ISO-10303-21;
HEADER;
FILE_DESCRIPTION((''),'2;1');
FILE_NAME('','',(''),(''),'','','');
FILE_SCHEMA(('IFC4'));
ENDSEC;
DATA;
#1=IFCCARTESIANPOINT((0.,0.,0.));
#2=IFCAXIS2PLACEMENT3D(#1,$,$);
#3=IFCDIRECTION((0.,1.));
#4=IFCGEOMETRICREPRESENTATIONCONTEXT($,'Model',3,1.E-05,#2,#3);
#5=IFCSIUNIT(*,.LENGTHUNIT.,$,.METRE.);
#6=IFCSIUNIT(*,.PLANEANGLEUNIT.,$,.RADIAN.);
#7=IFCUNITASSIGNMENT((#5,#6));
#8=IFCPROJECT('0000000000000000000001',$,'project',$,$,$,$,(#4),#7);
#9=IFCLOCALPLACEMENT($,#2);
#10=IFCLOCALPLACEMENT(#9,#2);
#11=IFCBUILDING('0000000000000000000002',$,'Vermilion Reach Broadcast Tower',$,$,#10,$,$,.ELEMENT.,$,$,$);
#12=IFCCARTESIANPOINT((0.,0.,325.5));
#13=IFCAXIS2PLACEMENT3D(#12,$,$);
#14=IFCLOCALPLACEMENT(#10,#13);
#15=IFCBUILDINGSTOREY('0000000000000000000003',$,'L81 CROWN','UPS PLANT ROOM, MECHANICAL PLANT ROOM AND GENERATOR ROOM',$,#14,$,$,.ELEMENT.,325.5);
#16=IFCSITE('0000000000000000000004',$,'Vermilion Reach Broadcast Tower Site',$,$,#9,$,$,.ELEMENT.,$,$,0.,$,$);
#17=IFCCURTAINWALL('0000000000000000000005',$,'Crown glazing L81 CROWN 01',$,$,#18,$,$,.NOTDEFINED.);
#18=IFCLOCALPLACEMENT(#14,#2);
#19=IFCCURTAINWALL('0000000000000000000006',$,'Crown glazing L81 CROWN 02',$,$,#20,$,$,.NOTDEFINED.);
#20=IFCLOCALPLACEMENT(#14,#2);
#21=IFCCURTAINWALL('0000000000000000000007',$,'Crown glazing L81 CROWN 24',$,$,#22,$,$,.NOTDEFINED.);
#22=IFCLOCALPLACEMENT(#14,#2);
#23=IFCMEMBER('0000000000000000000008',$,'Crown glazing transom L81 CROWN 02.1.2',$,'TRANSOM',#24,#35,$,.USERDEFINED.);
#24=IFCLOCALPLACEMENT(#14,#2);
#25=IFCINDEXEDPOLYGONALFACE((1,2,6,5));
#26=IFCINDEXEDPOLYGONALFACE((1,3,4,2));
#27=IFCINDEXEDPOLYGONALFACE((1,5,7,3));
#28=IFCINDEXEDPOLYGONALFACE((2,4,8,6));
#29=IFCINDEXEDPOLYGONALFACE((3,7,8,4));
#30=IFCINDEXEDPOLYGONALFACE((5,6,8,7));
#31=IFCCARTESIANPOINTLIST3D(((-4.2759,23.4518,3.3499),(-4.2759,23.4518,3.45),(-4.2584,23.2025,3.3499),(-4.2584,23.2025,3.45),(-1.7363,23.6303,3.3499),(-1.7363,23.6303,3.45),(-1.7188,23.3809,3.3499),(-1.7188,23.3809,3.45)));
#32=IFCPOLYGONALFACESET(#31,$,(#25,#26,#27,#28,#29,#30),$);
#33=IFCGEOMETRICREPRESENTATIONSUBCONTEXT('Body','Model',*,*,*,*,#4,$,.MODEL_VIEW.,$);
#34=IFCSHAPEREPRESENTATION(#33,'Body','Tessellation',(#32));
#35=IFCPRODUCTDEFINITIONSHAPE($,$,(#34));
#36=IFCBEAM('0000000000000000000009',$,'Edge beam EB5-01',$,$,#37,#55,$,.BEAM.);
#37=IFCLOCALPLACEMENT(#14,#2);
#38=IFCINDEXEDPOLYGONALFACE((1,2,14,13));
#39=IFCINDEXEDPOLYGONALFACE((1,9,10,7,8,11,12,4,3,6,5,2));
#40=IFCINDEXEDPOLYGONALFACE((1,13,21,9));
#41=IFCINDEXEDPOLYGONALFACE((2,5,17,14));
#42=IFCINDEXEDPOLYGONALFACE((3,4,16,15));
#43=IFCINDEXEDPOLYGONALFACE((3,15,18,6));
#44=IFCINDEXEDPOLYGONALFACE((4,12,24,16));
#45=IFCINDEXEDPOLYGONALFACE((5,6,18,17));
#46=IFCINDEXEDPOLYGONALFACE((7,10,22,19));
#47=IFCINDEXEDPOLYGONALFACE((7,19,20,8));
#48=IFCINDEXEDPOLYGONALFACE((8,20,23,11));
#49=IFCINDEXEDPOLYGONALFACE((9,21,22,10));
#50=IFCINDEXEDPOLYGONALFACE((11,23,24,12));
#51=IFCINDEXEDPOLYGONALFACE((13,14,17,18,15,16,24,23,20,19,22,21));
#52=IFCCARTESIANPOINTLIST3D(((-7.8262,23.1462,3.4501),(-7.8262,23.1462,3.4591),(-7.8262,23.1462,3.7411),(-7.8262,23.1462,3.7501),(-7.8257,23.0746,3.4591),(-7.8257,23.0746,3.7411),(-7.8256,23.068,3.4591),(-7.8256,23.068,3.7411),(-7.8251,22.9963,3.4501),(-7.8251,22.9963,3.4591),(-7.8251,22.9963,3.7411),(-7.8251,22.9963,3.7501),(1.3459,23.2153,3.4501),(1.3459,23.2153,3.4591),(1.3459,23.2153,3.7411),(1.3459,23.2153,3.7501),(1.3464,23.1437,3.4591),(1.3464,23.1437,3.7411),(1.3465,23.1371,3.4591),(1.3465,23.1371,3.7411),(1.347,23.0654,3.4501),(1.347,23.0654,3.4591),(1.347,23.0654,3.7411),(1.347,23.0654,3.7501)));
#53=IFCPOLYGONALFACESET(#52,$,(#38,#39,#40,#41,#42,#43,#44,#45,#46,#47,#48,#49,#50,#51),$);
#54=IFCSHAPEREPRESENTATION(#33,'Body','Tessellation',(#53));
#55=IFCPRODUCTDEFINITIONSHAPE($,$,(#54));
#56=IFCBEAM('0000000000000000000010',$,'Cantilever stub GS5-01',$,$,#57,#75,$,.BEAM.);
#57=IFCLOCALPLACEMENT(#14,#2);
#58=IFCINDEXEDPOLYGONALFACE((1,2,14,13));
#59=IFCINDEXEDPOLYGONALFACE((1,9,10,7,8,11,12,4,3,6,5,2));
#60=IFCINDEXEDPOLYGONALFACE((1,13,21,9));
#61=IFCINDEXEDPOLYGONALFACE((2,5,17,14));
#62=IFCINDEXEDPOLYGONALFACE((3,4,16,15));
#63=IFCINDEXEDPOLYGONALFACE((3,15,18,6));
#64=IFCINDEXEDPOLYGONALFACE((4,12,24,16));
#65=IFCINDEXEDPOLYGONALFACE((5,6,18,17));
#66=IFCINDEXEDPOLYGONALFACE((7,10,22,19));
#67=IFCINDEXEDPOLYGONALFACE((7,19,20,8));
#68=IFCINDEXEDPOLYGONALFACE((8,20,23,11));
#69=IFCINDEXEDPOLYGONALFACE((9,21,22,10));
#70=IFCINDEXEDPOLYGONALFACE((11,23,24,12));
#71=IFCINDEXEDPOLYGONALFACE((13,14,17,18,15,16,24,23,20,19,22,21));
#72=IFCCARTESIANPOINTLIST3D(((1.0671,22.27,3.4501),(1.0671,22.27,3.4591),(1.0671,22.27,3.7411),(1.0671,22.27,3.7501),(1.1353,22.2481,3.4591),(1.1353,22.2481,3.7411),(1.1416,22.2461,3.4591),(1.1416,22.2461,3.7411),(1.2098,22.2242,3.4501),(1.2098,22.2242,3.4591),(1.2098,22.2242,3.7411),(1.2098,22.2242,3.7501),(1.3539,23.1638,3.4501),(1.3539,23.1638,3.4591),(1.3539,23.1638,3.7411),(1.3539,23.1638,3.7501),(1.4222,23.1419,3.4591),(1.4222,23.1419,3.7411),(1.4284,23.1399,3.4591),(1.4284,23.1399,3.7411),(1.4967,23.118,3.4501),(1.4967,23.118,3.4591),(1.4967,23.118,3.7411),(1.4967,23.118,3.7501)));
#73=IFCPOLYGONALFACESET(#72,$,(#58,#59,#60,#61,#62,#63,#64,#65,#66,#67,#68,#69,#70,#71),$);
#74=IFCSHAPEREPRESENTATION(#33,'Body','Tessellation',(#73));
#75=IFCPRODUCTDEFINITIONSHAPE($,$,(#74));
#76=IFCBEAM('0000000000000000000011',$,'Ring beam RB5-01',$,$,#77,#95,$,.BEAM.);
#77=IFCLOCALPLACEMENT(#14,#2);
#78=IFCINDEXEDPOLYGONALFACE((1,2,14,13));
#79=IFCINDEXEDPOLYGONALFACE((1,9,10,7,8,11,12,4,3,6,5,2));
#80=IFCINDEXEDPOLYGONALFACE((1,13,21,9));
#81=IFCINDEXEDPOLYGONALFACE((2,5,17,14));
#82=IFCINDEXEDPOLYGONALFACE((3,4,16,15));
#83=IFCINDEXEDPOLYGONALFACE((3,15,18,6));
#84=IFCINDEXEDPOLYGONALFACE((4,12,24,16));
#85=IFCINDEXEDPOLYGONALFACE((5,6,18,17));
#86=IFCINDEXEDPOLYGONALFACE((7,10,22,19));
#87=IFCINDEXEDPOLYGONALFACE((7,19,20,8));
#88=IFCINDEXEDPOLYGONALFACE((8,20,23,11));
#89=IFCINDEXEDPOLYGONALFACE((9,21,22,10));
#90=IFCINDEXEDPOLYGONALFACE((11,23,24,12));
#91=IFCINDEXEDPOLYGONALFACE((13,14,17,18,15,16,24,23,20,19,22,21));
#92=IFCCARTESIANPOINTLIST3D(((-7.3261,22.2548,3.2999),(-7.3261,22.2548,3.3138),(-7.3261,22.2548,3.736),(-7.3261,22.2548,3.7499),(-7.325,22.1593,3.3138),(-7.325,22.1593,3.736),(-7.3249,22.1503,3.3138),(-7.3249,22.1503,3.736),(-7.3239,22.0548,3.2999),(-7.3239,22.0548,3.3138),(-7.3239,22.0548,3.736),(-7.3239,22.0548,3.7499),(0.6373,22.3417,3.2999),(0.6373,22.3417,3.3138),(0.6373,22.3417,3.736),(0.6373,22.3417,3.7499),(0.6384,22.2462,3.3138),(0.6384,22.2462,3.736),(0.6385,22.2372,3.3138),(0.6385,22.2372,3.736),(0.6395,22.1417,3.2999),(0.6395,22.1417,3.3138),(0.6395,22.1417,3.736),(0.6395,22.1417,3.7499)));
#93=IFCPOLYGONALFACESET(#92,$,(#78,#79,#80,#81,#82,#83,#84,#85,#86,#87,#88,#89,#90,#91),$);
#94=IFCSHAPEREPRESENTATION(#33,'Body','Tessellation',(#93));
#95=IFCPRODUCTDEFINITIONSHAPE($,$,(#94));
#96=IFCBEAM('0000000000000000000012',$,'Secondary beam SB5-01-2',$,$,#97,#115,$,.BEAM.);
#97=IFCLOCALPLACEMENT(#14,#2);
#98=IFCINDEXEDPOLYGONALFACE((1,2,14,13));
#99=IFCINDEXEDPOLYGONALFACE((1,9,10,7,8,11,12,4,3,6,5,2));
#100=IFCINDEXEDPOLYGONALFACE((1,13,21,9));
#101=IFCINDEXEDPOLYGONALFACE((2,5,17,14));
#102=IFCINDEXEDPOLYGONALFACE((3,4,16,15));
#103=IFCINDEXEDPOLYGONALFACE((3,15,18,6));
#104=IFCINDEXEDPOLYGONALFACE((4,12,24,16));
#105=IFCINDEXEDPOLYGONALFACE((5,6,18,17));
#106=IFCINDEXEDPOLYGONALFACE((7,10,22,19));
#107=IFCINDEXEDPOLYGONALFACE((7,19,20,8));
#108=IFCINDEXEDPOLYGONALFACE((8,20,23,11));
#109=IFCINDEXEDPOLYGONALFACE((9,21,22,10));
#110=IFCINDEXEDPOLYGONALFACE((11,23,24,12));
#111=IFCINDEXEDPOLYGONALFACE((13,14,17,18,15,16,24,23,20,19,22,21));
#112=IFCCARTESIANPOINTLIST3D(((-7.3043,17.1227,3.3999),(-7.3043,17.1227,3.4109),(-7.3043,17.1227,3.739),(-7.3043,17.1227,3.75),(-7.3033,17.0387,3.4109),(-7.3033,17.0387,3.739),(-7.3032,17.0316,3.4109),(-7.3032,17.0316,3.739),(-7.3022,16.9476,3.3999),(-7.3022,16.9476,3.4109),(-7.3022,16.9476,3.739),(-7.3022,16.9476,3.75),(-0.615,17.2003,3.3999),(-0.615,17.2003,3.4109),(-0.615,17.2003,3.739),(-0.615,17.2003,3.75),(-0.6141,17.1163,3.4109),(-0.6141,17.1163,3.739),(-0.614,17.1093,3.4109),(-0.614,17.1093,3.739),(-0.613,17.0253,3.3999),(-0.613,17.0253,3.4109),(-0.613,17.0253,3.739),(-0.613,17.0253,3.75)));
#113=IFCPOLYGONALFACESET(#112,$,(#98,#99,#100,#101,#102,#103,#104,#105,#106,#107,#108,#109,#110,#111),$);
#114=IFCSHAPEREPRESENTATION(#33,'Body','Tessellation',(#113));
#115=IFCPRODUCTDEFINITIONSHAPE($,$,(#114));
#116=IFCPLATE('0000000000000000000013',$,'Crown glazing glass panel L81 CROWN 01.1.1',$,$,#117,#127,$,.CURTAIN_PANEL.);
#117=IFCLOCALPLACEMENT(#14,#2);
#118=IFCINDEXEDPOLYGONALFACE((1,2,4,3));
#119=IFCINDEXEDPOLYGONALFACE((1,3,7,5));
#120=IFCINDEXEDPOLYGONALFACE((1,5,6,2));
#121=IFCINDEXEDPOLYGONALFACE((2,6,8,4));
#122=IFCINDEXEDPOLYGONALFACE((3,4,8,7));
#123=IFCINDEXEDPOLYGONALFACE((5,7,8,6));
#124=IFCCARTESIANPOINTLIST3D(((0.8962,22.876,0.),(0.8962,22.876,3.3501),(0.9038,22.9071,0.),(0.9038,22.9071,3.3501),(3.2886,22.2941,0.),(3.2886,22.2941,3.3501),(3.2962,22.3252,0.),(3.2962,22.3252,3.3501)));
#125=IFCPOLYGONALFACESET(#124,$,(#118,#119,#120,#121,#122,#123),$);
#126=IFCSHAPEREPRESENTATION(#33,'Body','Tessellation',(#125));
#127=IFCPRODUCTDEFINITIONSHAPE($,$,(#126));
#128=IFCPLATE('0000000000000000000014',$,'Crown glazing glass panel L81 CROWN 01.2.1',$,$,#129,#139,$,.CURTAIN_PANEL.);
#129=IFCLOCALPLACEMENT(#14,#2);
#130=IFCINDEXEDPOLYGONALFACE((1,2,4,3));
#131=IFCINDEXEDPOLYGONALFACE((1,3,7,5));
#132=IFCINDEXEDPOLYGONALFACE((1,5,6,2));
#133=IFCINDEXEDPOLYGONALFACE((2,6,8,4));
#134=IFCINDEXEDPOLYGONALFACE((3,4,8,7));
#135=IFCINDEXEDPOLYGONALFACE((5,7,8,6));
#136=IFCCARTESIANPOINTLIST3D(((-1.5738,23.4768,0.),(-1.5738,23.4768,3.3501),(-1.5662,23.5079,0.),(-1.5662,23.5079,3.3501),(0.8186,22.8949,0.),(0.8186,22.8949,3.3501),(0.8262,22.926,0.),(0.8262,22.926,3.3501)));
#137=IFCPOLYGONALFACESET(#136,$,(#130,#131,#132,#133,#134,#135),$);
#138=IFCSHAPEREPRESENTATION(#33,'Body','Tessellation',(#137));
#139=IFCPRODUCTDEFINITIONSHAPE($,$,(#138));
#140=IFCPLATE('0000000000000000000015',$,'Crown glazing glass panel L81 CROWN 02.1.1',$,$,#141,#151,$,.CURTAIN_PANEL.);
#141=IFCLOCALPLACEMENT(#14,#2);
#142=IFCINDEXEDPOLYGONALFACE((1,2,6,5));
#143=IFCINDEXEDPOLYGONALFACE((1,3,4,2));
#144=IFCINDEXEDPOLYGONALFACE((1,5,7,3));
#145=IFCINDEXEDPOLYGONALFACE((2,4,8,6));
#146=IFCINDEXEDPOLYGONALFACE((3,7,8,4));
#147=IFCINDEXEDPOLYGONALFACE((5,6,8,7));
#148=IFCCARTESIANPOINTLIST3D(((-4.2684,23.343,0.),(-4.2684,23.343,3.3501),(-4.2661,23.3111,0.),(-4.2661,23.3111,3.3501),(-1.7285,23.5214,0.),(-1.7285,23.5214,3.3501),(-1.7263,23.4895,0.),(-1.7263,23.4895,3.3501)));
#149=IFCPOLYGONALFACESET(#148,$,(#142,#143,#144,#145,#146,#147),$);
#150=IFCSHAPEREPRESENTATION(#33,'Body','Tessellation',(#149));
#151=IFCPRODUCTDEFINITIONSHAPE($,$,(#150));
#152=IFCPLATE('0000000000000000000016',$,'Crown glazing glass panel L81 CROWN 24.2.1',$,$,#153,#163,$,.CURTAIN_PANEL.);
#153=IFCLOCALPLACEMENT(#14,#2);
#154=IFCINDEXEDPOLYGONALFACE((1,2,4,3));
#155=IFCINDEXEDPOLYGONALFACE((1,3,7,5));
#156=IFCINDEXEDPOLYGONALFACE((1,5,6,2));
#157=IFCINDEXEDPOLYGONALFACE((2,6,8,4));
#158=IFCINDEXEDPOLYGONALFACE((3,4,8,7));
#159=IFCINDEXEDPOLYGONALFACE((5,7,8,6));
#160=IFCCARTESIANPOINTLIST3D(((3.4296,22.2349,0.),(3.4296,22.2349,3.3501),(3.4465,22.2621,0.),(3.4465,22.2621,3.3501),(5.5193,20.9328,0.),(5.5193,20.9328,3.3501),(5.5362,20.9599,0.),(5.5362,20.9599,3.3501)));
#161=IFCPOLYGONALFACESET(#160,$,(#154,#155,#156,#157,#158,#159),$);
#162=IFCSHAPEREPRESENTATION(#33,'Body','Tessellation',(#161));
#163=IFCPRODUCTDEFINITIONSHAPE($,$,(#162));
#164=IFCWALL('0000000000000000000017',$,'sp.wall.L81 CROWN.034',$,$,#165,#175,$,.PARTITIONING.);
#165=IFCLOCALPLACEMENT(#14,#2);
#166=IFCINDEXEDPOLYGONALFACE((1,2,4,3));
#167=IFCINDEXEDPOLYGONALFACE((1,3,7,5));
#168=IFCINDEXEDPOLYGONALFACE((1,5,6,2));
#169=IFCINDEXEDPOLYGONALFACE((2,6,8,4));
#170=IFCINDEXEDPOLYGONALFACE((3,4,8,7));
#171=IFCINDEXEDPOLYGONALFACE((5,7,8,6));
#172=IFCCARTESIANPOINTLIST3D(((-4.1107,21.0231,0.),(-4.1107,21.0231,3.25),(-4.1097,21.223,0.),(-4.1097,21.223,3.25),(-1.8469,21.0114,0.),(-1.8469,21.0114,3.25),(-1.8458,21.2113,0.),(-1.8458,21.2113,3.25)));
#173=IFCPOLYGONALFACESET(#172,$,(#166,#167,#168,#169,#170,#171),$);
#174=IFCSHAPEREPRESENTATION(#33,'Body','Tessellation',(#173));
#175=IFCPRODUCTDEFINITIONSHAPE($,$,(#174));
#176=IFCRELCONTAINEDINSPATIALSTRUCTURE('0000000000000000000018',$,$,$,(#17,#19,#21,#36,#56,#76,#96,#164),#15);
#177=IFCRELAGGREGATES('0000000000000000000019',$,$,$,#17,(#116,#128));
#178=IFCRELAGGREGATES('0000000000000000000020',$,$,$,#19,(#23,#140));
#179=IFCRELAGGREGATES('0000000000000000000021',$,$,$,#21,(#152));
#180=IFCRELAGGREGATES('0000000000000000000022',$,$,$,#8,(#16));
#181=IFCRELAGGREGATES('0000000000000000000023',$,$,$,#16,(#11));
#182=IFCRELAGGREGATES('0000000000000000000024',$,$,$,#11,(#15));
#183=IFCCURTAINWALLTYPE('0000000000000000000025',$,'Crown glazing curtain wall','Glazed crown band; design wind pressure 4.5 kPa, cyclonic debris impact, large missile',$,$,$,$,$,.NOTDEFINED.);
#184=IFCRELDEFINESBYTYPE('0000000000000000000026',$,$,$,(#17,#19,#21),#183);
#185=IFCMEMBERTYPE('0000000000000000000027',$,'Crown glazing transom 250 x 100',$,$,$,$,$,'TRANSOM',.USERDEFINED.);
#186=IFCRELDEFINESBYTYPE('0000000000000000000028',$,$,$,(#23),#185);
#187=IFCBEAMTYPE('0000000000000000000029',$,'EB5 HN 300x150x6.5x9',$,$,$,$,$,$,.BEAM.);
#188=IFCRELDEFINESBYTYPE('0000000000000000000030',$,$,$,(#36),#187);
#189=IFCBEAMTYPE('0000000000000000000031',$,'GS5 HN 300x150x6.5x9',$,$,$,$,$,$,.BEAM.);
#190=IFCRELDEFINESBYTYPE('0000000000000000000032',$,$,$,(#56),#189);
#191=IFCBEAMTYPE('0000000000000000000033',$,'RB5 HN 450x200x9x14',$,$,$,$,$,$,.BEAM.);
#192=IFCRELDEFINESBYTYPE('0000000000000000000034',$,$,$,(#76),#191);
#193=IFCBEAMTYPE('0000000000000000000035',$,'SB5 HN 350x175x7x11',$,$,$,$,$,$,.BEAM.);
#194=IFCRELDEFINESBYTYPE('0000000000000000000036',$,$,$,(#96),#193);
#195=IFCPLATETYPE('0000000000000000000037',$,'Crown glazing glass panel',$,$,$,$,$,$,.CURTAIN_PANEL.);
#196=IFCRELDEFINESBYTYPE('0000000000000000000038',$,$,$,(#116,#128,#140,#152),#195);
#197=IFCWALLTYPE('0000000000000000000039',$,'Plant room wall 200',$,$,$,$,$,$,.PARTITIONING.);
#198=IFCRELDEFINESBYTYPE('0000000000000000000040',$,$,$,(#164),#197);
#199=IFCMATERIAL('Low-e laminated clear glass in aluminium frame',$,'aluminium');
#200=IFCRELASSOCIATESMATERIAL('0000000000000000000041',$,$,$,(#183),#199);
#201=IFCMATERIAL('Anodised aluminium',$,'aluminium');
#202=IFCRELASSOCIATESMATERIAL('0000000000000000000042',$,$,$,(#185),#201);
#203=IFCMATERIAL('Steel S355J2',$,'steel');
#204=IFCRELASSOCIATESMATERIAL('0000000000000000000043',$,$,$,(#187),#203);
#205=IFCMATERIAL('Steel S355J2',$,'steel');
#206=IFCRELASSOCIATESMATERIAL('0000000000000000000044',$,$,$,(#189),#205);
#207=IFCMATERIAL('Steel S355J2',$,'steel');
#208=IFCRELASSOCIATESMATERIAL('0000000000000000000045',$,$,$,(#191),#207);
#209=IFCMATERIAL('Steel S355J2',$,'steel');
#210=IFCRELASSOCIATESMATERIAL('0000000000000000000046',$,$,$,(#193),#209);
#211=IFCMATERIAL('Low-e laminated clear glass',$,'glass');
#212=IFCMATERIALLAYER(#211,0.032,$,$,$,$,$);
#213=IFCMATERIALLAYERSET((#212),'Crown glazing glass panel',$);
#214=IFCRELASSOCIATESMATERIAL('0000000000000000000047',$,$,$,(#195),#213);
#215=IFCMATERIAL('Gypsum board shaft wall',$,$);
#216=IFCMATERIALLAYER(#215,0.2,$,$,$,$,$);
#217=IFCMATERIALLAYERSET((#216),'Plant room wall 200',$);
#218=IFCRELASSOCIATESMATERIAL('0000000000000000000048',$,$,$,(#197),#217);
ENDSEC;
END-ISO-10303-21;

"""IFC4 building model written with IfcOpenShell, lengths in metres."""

from ifc_helpers import new_model, si_unit, direction, frame, frame_2d, origin, origin_2d, place, context, subcontext, project, spatial, rectangle, i_section, extrude, material, layer, layer_set, material_profile, profile_set, type_object, element, aggregate, save


model = new_model("IFC4")

# Units and contexts
model_context = context("Model", 3, precision=1e-05, world=origin(), true_north=direction((0.0, 1.0)))
body_context = subcontext(model_context, "Body", "Model", "MODEL_VIEW")
ifc_project = project(units=[si_unit("LENGTHUNIT", "METRE"), si_unit("PLANEANGLEUNIT", "RADIAN")], contexts=[model_context])

# Site, building, storey
site_placement = place(None, origin())
site = spatial("IfcSite", under=ifc_project, at=site_placement, Name="Vermilion Reach Broadcast Tower Site", CompositionType="ELEMENT", RefElevation=0.0)
building_placement = place(site_placement, origin())
building = spatial("IfcBuilding", under=site, at=building_placement, Name="Vermilion Reach Broadcast Tower", CompositionType="ELEMENT")
storey_placement = place(building_placement, frame((0.0, 0.0, 325.5)))
storey = spatial("IfcBuildingStorey", under=building, at=storey_placement, Name="L81 CROWN", Description="UPS PLANT ROOM, MECHANICAL PLANT ROOM AND GENERATOR ROOM", CompositionType="ELEMENT", Elevation=325.5)

# Curtain walls
ifc_material_1 = material(Name="Low-e laminated clear glass in aluminium frame", Category="aluminium")
curtain_wall_type = type_object("IfcCurtainWallType", Name="Crown glazing curtain wall", Description="Glazed crown band; design wind pressure 4.5 kPa, cyclonic debris impact, large missile", PredefinedType="NOTDEFINED", material=ifc_material_1)
placement = place(storey_placement, origin())
curtain_wall_1 = element("IfcCurtainWall", 1, at=placement, inside=storey, type_object=curtain_wall_type, Name="Crown glazing L81 CROWN 01", PredefinedType="NOTDEFINED")
curtain_wall_2 = element("IfcCurtainWall", 2, at=placement, inside=storey, type_object=curtain_wall_type, Name="Crown glazing L81 CROWN 02", PredefinedType="NOTDEFINED")

# Curtain wall
curtain_wall_3 = element("IfcCurtainWall", 3, at=placement, inside=storey, type_object=curtain_wall_type, Name="Crown glazing L81 CROWN 24", PredefinedType="NOTDEFINED")

# Member
ifc_material_2 = material(Name="Anodised aluminium", Category="aluminium")
ifc_material_profile_1 = material_profile(ifc_material_2, rectangle(XDim=0.25, YDim=0.1001, at=origin_2d()), Name="Crown glazing transom 250 x 100")
ifc_profile_set_1 = profile_set([ifc_material_profile_1], Name="Anodised aluminium")
member_type_1 = type_object("IfcMemberType", Name="Crown glazing transom 250 x 100", ElementType="TRANSOM", PredefinedType="USERDEFINED", material=ifc_profile_set_1)
member_1_placement = place(storey_placement, frame((-1.7275, 23.5056, 3.3999), z_axis=(-0.99754, -0.070102, 0.0), x_axis=(0.070102, -0.99754, 0.0)))
member_1 = element("IfcMember", 4, at=member_1_placement, type_object=member_type_1, Name="Crown glazing transom L81 CROWN 02.1.2", ObjectType="TRANSOM", PredefinedType="USERDEFINED", context=body_context, shape_type="SweptSolid", body=[
    extrude(rectangle(XDim=0.25, YDim=0.1001, at=origin_2d()), origin(), (0.0, 0.0, 1.0), 2.5459),
])

# Beams
ifc_material_3 = material(Name="Steel S355J2", Category="steel")
ifc_material_profile_2 = material_profile(ifc_material_3, i_section(OverallWidth=0.1499, OverallDepth=0.3, WebThickness=0.0066, FlangeThickness=0.009, at=origin_2d()), Name="S355J2 HN 300x150x6.5x9")
ifc_profile_set_2 = profile_set([ifc_material_profile_2], Name="Steel S355J2")
beam_type_1 = type_object("IfcBeamType", Name="EB5 HN 300x150x6.5x9", PredefinedType="BEAM", material=ifc_profile_set_2)
beam_1_placement = place(storey_placement, frame((1.3464, 23.1404, 3.6001), z_axis=(-0.999972, -0.007533, 0.0), x_axis=(0.007533, -0.999972, 0.0)))
element("IfcBeam", 5, at=beam_1_placement, inside=storey, type_object=beam_type_1, Name="Edge beam EB5-01", PredefinedType="BEAM", context=body_context, shape_type="SweptSolid", body=[
    extrude(i_section(OverallWidth=0.1499, OverallDepth=0.3, WebThickness=0.0066, FlangeThickness=0.009, at=origin_2d()), origin(), (0.0, 0.0, 1.0), 9.1724),
])
ifc_material_4 = material(Name="Steel S355J2", Category="steel")
ifc_material_profile_3 = material_profile(ifc_material_4, i_section(OverallWidth=0.1499, OverallDepth=0.3, WebThickness=0.0066, FlangeThickness=0.009, at=origin_2d()), Name="S355J2 HN 300x150x6.5x9")
ifc_profile_set_3 = profile_set([ifc_material_profile_3], Name="Steel S355J2")
beam_type_2 = type_object("IfcBeamType", Name="GS5 HN 300x150x6.5x9", PredefinedType="BEAM", material=ifc_profile_set_3)
beam_2_placement = place(storey_placement, frame((1.1384, 22.2471, 3.6001), z_axis=(0.305597, 0.952161, 0.0), x_axis=(-0.952161, 0.305597, 0.0)))
element("IfcBeam", 6, at=beam_2_placement, inside=storey, type_object=beam_type_2, Name="Cantilever stub GS5-01", PredefinedType="BEAM", context=body_context, shape_type="SweptSolid", body=[
    extrude(i_section(OverallWidth=0.1499, OverallDepth=0.3, WebThickness=0.0066, FlangeThickness=0.009, at=origin_2d()), origin(), (0.0, 0.0, 1.0), 0.9387),
])
ifc_material_5 = material(Name="Steel S355J2", Category="steel")
ifc_material_profile_4 = material_profile(ifc_material_5, i_section(OverallWidth=0.2, OverallDepth=0.45, WebThickness=0.009, FlangeThickness=0.0139, at=origin_2d()), Name="S355J2 HN 450x200x9x14")
ifc_profile_set_4 = profile_set([ifc_material_profile_4], Name="Steel S355J2")
beam_type_3 = type_object("IfcBeamType", Name="RB5 HN 450x200x9x14", PredefinedType="BEAM", material=ifc_profile_set_4)
beam_3_placement = place(storey_placement, frame((0.6384, 22.2417, 3.5249), z_axis=(-0.99994, -0.010914, 0.0), x_axis=(0.010914, -0.99994, 0.0)))
element("IfcBeam", 7, at=beam_3_placement, inside=storey, type_object=beam_type_3, Name="Ring beam RB5-01", PredefinedType="BEAM", context=body_context, shape_type="SweptSolid", body=[
    extrude(i_section(OverallWidth=0.2, OverallDepth=0.45, WebThickness=0.009, FlangeThickness=0.0139, at=origin_2d()), origin(), (0.0, 0.0, 1.0), 7.9639),
])
ifc_material_6 = material(Name="Steel S355J2", Category="steel")
ifc_material_profile_5 = material_profile(ifc_material_6, i_section(OverallWidth=0.175, OverallDepth=0.3501, WebThickness=0.0071, FlangeThickness=0.011, at=origin_2d()), Name="S355J2 HN 350x175x7x11")
ifc_profile_set_5 = profile_set([ifc_material_profile_5], Name="Steel S355J2")
beam_type_4 = type_object("IfcBeamType", Name="SB5 HN 350x175x7x11", PredefinedType="BEAM", material=ifc_profile_set_5)
beam_4_placement = place(storey_placement, frame((-0.614, 17.1128, 3.575), z_axis=(-0.999933, -0.011605, 0.0), x_axis=(0.011605, -0.999933, 0.0)))
element("IfcBeam", 8, at=beam_4_placement, inside=storey, type_object=beam_type_4, Name="Secondary beam SB5-01-2", PredefinedType="BEAM", context=body_context, shape_type="SweptSolid", body=[
    extrude(i_section(OverallWidth=0.175, OverallDepth=0.3501, WebThickness=0.0071, FlangeThickness=0.011, at=origin_2d()), origin(), (0.0, 0.0, 1.0), 6.6897),
])

# Plates
ifc_material_7 = material(Name="Low-e laminated clear glass", Category="glass")
ifc_layer_1 = layer(ifc_material_7, 0.032)
ifc_layer_set_1 = layer_set([ifc_layer_1], Name="Crown glazing glass panel")
plate_type = type_object("IfcPlateType", Name="Crown glazing glass panel", PredefinedType="CURTAIN_PANEL", material=ifc_layer_set_1)
plate_1_placement = place(storey_placement, frame((2.0962, 22.6006, 0.0), z_axis=(0.0, 0.0, 1.0), x_axis=(-0.971667, 0.236354, 0.0)))
plate_1 = element("IfcPlate", 9, at=plate_1_placement, type_object=plate_type, Name="Crown glazing glass panel L81 CROWN 01.1.1", PredefinedType="CURTAIN_PANEL", context=body_context, shape_type="SweptSolid", body=[
    extrude(rectangle(XDim=2.4622, YDim=0.032, at=origin_2d()), origin(), (0.0, 0.0, 1.0), 3.3501),
])
plate_2_placement = place(storey_placement, frame((-0.3738, 23.2014, 0.0), z_axis=(0.0, 0.0, 1.0), x_axis=(-0.971667, 0.236354, 0.0)))
plate_2 = element("IfcPlate", 10, at=plate_2_placement, type_object=plate_type, Name="Crown glazing glass panel L81 CROWN 01.2.1", PredefinedType="CURTAIN_PANEL", context=body_context, shape_type="SweptSolid", body=[
    extrude(rectangle(XDim=2.4622, YDim=0.032, at=origin_2d()), origin(), (0.0, 0.0, 1.0), 3.3501),
])
aggregate(curtain_wall_1, [plate_1, plate_2])
plate_3_placement = place(storey_placement, frame((-2.9973, 23.4163, 0.0), z_axis=(0.0, 0.0, 1.0), x_axis=(-0.997541, -0.070082, 0.0)))
plate_3 = element("IfcPlate", 11, at=plate_3_placement, type_object=plate_type, Name="Crown glazing glass panel L81 CROWN 02.1.1", PredefinedType="CURTAIN_PANEL", context=body_context, shape_type="SweptSolid", body=[
    extrude(rectangle(XDim=2.5461, YDim=0.032, at=origin_2d()), origin(), (0.0, 0.0, 1.0), 3.3501),
])
aggregate(curtain_wall_2, [member_1, plate_3])
plate_4_placement = place(storey_placement, frame((4.4829, 21.5974, 0.0), z_axis=(0.0, 0.0, 1.0), x_axis=(-0.848708, 0.528861, 0.0)))
plate_4 = element("IfcPlate", 12, at=plate_4_placement, type_object=plate_type, Name="Crown glazing glass panel L81 CROWN 24.2.1", PredefinedType="CURTAIN_PANEL", context=body_context, shape_type="SweptSolid", body=[
    extrude(rectangle(XDim=2.4622, YDim=0.032, at=origin_2d()), origin(), (0.0, 0.0, 1.0), 3.3501),
])
aggregate(curtain_wall_3, [plate_4])

# Wall
ifc_material_8 = material(Name="Gypsum board shaft wall")
ifc_layer_2 = layer(ifc_material_8, 0.2)
ifc_layer_set_2 = layer_set([ifc_layer_2], Name="Plant room wall 200")
wall_type = type_object("IfcWallType", Name="Plant room wall 200", PredefinedType="PARTITIONING", material=ifc_layer_set_2)
wall_1_placement = place(storey_placement, frame((-4.1101, 21.123, 0.0), z_axis=(0.0, 0.0, 1.0), x_axis=(0.999987, -0.005176, 0.0)))
element("IfcWall", 13, at=wall_1_placement, inside=storey, type_object=wall_type, Name="sp.wall.L81 CROWN.034", PredefinedType="PARTITIONING", context=body_context, shape_type="SweptSolid", body=[
    extrude(rectangle(XDim=2.2639, YDim=0.2, at=frame_2d((1.1318, 0.0))), origin(), (0.0, 0.0, 1.0), 3.25),
])

save(model, "model.ifc")
